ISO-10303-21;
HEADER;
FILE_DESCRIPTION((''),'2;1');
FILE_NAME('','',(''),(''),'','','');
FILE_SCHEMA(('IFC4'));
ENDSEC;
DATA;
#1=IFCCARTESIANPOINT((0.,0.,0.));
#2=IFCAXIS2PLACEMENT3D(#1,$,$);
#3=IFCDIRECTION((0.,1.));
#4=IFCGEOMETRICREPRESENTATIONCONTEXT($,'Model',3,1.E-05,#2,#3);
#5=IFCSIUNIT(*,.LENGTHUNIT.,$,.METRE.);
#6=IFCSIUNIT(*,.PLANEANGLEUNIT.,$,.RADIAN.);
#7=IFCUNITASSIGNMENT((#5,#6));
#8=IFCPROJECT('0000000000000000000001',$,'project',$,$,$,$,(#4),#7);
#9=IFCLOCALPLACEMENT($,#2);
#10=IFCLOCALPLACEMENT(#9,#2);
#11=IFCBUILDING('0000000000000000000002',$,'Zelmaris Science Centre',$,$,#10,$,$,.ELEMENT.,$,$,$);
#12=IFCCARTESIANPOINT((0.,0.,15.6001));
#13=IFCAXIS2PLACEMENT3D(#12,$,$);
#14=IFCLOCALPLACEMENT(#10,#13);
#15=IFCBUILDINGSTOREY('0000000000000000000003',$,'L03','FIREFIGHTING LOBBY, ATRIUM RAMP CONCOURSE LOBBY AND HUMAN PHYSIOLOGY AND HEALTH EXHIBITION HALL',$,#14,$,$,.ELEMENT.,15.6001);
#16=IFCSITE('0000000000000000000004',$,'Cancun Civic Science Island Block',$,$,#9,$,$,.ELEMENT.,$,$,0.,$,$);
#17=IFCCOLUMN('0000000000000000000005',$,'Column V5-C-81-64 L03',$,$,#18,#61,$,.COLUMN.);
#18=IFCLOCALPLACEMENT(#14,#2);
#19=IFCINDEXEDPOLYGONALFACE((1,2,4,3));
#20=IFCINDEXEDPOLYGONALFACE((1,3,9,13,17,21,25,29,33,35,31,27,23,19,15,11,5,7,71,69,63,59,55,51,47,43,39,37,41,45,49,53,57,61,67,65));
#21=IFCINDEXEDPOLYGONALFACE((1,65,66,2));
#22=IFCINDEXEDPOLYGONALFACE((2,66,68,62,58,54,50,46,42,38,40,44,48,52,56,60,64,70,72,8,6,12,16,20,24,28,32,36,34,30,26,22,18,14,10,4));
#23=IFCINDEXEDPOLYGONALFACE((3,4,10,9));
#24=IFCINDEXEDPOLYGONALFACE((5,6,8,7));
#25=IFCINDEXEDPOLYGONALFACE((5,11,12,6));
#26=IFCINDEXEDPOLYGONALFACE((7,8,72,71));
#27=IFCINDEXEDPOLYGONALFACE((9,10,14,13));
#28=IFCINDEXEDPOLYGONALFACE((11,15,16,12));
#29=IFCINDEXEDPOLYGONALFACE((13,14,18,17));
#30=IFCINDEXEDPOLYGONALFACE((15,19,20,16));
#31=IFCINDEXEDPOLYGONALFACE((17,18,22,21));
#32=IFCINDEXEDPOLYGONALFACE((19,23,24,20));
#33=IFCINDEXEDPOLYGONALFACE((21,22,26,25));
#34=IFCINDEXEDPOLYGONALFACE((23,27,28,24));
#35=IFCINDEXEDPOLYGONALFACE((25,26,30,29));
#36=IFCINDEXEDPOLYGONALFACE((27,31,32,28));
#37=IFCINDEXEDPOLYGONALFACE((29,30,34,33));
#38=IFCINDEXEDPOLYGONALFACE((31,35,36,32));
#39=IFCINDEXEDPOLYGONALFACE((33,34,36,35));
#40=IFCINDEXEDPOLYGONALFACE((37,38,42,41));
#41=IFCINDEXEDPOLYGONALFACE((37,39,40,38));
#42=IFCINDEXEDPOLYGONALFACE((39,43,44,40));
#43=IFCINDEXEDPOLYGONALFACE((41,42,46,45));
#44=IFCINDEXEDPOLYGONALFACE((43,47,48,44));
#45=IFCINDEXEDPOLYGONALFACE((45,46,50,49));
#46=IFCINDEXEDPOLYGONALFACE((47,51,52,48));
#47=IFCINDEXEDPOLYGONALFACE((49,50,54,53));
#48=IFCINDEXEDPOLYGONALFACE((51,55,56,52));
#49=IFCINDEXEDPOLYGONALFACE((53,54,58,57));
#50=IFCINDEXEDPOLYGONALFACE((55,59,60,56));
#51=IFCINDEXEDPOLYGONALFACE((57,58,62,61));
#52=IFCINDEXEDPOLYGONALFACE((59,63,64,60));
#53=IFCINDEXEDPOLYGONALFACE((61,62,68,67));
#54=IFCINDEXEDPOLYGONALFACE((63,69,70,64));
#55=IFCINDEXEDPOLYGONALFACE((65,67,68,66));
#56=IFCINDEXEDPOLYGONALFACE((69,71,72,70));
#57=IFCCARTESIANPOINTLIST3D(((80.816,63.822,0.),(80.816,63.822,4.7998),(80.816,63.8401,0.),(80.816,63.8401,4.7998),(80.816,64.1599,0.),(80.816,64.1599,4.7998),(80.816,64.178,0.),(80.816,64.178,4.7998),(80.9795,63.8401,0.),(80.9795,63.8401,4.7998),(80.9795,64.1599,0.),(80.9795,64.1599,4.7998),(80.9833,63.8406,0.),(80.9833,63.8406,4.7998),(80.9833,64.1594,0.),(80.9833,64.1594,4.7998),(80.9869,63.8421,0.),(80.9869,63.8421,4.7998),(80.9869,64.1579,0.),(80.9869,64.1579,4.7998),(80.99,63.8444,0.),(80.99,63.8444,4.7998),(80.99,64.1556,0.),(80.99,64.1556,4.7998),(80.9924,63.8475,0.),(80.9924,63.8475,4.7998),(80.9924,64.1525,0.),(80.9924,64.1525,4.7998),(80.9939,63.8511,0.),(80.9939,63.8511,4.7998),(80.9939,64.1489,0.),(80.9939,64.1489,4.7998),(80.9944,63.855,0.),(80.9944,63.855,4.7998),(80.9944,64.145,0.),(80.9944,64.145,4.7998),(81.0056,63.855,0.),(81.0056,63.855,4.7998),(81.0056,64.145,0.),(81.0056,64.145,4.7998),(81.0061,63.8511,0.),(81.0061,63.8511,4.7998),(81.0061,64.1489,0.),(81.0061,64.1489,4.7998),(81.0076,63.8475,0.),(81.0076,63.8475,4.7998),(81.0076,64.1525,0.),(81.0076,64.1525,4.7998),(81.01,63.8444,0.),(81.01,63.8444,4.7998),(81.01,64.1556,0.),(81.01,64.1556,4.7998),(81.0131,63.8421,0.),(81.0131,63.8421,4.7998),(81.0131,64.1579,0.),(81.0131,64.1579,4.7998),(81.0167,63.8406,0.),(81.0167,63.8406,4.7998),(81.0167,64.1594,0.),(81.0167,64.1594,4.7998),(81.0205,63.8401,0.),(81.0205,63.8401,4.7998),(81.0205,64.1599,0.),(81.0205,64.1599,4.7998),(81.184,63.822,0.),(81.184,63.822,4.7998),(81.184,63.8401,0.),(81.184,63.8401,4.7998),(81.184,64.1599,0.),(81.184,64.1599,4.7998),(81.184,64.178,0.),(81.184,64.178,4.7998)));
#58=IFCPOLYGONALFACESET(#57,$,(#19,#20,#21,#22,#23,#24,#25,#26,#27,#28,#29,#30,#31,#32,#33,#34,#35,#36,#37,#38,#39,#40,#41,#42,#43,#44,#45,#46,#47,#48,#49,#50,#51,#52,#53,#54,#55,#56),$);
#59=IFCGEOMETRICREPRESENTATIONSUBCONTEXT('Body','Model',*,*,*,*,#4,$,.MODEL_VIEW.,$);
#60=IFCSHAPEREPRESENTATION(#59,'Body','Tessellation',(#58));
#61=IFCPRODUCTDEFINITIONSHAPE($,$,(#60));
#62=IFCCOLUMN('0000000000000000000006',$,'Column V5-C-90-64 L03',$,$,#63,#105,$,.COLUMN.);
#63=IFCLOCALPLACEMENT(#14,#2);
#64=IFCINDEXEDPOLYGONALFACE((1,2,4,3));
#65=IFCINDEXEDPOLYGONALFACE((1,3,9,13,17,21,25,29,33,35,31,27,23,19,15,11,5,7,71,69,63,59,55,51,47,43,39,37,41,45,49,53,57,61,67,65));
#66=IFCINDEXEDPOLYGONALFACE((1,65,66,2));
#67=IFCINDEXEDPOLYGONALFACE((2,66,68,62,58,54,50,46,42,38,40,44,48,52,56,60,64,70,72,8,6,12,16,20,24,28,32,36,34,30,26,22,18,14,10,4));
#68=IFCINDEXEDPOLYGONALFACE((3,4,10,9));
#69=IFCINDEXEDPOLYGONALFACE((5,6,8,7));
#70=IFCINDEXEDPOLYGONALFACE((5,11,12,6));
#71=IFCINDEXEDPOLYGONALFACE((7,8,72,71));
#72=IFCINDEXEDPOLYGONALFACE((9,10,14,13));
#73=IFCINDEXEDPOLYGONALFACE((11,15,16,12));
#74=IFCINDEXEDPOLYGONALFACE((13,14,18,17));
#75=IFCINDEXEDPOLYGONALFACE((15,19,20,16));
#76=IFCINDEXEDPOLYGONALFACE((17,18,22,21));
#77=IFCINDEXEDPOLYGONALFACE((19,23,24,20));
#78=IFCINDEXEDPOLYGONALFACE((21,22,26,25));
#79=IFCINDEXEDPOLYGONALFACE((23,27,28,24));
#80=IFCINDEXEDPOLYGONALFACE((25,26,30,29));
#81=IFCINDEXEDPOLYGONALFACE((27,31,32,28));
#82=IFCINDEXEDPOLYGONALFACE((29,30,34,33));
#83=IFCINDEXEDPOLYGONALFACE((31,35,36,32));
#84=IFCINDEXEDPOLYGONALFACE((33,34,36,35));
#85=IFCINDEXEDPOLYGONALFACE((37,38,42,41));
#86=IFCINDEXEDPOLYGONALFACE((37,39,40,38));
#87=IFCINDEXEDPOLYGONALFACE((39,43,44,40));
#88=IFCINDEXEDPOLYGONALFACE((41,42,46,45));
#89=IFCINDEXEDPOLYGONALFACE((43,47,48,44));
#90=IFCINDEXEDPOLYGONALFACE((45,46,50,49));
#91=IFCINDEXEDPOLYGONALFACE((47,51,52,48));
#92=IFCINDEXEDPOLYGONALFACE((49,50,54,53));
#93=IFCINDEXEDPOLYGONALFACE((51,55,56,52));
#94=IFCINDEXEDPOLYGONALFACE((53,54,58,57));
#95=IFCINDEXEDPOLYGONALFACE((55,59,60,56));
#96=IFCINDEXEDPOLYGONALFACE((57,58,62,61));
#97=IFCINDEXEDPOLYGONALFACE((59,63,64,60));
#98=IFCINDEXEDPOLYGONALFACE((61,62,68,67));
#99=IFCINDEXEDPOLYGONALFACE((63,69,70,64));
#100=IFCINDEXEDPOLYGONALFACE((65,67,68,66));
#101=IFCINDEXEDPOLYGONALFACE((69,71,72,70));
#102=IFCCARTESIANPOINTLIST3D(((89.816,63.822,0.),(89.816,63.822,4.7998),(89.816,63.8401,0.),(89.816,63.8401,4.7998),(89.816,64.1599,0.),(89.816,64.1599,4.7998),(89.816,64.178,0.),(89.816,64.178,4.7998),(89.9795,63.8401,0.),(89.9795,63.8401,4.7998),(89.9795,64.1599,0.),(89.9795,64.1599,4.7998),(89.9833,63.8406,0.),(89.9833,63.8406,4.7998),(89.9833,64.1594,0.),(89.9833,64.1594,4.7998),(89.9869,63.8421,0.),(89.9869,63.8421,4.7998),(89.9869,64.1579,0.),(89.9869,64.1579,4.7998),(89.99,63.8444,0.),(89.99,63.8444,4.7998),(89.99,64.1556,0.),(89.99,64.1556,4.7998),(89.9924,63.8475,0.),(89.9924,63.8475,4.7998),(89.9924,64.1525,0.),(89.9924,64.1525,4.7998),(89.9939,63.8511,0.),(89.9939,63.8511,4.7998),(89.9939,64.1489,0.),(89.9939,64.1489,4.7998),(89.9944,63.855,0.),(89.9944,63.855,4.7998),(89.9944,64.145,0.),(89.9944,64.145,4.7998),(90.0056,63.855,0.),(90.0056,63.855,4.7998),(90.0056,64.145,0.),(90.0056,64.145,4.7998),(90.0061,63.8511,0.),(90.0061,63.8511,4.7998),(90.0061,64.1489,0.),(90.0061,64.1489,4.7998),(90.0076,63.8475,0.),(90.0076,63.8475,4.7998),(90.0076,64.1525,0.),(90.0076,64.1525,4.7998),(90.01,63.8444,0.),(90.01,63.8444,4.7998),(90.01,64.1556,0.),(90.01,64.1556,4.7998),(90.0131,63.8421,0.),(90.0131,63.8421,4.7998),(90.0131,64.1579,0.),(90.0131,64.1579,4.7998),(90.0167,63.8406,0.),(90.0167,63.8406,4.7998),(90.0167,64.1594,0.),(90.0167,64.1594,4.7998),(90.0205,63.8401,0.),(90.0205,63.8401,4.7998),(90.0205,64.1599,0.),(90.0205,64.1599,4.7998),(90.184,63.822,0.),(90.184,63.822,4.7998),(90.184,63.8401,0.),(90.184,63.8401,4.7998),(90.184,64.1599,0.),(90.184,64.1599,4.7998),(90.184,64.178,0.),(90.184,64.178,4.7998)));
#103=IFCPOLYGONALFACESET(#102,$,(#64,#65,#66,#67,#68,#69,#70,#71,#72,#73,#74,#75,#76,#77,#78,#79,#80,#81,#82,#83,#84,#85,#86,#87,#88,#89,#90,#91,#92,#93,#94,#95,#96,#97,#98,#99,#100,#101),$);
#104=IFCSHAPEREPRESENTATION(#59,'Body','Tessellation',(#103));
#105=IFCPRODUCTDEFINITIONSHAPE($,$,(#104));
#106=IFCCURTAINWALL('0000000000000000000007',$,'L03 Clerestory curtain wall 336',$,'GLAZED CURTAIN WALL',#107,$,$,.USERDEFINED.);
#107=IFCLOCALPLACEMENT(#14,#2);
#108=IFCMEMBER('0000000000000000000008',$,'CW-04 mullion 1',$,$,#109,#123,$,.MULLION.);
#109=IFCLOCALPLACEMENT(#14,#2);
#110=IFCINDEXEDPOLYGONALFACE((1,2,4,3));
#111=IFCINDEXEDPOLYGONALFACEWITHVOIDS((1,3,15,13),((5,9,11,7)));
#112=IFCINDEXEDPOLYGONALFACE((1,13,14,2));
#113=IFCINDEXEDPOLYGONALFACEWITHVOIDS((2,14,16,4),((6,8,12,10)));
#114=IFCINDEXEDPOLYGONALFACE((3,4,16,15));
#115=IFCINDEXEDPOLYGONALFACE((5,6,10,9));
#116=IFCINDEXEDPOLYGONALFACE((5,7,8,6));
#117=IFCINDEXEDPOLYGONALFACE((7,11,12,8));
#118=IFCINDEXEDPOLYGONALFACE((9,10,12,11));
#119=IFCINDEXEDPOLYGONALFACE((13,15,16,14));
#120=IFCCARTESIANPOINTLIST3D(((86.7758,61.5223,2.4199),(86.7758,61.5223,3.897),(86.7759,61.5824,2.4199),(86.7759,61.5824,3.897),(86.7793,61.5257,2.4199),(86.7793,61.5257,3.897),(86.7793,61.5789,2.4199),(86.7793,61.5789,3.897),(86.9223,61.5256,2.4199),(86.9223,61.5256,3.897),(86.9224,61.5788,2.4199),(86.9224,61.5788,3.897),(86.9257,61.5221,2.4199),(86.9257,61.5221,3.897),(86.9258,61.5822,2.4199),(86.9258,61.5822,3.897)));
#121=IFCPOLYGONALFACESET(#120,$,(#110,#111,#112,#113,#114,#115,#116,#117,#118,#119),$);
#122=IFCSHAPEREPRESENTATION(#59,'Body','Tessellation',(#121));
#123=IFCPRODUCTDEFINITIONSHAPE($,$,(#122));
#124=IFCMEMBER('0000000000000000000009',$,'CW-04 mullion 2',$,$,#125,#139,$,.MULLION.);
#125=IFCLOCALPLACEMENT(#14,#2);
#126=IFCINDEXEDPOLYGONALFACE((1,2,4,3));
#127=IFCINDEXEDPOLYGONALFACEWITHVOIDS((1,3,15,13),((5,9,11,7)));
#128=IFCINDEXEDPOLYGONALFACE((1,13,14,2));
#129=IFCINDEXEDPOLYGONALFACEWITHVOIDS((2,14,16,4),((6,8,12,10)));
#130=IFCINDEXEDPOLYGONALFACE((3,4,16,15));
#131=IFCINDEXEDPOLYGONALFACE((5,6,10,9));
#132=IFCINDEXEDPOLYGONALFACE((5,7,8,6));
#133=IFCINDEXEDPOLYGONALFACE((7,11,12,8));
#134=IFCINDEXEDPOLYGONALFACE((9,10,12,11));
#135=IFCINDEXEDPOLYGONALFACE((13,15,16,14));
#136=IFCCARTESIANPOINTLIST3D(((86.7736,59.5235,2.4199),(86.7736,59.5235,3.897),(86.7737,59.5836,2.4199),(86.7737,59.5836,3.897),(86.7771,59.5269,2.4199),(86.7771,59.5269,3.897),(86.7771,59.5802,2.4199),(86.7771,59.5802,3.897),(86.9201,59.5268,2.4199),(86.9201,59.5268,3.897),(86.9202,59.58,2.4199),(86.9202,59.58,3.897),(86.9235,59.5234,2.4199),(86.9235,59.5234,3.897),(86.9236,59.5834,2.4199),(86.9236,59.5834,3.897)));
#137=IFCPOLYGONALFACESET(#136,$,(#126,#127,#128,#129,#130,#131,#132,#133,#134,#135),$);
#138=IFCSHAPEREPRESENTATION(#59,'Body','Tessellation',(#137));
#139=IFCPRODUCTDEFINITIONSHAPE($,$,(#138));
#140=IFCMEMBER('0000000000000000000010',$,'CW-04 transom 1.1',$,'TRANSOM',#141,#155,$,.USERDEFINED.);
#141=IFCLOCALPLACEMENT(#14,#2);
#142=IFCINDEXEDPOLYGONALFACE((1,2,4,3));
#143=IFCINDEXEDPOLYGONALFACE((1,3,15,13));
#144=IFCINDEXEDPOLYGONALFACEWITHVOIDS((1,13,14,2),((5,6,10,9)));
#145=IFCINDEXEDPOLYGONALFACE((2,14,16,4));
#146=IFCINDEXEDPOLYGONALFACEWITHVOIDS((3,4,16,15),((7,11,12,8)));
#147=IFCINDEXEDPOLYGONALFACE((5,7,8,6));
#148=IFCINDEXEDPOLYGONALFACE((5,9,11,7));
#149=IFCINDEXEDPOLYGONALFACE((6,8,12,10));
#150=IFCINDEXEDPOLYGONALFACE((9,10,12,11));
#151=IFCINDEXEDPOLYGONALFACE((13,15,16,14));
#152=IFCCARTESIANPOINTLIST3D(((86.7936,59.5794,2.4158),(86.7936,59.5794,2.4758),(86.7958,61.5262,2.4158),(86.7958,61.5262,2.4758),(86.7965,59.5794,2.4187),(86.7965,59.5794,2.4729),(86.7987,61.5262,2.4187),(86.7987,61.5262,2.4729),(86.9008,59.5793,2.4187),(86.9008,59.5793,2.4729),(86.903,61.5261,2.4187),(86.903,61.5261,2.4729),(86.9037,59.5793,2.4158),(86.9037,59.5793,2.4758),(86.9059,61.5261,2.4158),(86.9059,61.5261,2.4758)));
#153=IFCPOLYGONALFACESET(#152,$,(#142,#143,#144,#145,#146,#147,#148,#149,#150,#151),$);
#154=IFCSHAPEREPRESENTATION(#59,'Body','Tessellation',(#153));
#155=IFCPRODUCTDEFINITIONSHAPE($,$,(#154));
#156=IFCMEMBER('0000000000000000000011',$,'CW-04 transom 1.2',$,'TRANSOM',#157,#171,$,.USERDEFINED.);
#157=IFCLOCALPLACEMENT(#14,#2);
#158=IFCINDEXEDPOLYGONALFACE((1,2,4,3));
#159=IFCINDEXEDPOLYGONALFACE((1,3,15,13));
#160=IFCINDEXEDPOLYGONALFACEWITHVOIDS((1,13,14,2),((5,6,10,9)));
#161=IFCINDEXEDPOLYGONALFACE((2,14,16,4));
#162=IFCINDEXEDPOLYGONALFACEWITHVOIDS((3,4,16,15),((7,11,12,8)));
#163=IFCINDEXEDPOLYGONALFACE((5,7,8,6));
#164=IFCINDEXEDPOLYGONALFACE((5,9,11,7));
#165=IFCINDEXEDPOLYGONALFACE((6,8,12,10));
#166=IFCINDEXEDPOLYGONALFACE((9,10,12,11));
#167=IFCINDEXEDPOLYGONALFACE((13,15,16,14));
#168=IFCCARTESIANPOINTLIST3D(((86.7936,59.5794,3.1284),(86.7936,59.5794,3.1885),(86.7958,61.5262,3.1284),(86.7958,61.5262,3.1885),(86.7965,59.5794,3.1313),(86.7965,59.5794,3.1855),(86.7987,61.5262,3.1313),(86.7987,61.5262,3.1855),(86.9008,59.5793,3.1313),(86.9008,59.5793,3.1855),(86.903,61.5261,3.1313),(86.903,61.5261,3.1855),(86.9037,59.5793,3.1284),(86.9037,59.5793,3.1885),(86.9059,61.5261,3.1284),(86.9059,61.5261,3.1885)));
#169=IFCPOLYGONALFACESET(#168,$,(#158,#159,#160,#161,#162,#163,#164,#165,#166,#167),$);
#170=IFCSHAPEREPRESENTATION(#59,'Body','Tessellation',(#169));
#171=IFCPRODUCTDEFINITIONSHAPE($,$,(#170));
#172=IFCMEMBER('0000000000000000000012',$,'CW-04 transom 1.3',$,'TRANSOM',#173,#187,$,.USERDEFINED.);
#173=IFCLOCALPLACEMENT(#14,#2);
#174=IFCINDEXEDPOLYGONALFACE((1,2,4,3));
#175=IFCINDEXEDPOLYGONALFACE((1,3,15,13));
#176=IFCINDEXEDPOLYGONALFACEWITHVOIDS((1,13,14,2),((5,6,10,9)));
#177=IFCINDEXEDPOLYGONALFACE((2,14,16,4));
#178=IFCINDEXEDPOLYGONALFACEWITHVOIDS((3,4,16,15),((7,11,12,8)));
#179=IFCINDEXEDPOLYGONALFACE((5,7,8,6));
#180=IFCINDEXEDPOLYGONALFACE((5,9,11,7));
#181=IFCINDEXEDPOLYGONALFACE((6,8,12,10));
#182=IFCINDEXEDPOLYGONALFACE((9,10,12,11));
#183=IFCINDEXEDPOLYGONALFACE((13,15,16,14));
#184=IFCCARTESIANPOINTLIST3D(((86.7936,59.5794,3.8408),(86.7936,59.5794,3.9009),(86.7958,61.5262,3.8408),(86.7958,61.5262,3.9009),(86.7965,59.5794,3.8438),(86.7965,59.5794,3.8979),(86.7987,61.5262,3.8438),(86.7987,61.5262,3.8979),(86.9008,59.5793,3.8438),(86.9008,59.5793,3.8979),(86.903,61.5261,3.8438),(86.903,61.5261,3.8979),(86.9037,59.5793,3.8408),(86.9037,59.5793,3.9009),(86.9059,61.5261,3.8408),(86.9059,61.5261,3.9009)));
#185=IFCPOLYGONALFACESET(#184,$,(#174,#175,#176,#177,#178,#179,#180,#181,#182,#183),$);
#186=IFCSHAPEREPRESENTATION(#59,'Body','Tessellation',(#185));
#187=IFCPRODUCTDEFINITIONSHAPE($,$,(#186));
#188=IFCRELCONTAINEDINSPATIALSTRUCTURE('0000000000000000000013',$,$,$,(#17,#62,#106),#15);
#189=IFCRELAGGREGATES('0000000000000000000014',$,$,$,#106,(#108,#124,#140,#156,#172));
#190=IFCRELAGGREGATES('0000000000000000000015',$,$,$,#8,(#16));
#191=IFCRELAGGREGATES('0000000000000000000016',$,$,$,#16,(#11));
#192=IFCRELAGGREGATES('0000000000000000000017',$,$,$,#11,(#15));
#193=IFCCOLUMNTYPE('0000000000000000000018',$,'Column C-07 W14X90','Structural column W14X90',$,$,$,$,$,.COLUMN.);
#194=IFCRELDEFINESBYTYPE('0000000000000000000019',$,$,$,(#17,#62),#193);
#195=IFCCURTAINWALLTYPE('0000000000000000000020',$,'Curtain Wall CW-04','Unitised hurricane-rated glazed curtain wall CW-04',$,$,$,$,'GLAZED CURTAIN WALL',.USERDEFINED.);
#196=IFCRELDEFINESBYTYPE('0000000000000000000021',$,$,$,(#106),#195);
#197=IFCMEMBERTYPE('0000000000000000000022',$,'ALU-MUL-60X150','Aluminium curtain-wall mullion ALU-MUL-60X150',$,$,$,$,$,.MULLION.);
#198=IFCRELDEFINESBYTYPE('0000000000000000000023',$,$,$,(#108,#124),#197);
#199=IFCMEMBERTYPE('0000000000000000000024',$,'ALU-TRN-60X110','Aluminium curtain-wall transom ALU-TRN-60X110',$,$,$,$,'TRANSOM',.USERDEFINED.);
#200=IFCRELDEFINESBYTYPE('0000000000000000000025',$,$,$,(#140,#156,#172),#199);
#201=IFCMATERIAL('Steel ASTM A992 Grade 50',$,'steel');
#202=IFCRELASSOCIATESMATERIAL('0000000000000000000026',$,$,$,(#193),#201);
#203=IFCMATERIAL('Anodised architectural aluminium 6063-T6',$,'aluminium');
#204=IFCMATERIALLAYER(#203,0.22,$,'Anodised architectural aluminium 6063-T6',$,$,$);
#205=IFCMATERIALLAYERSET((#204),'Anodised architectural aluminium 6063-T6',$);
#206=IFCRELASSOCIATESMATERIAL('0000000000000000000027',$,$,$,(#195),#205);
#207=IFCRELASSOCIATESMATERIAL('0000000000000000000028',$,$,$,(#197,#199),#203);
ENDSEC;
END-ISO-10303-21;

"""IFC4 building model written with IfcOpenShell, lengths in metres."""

from ifc_helpers import new_model, si_unit, direction, frame, origin, origin_2d, place, context, subcontext, project, spatial, hollow_rectangle, i_section, extrude, material, layer, layer_set, material_profile, profile_set, type_object, element, aggregate, save


model = new_model("IFC4")

# Units and contexts
model_context = context("Model", 3, precision=1e-05, world=origin(), true_north=direction((0.0, 1.0)))
body_context = subcontext(model_context, "Body", "Model", "MODEL_VIEW")
ifc_project = project(units=[si_unit("LENGTHUNIT", "METRE"), si_unit("PLANEANGLEUNIT", "RADIAN")], contexts=[model_context])

# Site, building, storey
site_placement = place(None, origin())
site = spatial("IfcSite", under=ifc_project, at=site_placement, Name="Cancun Civic Science Island Block", CompositionType="ELEMENT", RefElevation=0.0)
building_placement = place(site_placement, origin())
building = spatial("IfcBuilding", under=site, at=building_placement, Name="Zelmaris Science Centre", CompositionType="ELEMENT")
storey_placement = place(building_placement, frame((0.0, 0.0, 15.6001)))
storey = spatial("IfcBuildingStorey", under=building, at=storey_placement, Name="L03", Description="FIREFIGHTING LOBBY, ATRIUM RAMP CONCOURSE LOBBY AND HUMAN PHYSIOLOGY AND HEALTH EXHIBITION HALL", CompositionType="ELEMENT", Elevation=15.6001)

# Columns
ifc_material_1 = material(Name="Steel ASTM A992 Grade 50", Category="steel")
ifc_material_profile_1 = material_profile(ifc_material_1, i_section(OverallWidth=0.3679, OverallDepth=0.356, WebThickness=0.0112, FlangeThickness=0.0181, FilletRadius=0.0149, at=origin_2d()), Name="W14X90")
ifc_profile_set_1 = profile_set([ifc_material_profile_1], Name="Steel ASTM A992 Grade 50")
column_type = type_object("IfcColumnType", Name="Column C-07 W14X90", Description="Structural column W14X90", PredefinedType="COLUMN", material=ifc_profile_set_1)
for number, where, z_axis, x_axis, name in (
    (1, (81.0, 64.0, 0.0), (0.0, 0.0, 1.0), (1.0, 0.0, 0.0), "Column V5-C-81-64 L03"),
    (2, (90.0, 64.0, 0.0), (0.0, 0.0, 1.0), (1.0, 0.0, 0.0), "Column V5-C-90-64 L03"),
):
    element("IfcColumn", number, at=place(storey_placement, frame(where, z_axis=z_axis, x_axis=x_axis)), inside=storey, type_object=column_type, Name=name, PredefinedType="COLUMN", context=body_context, shape_type="SweptSolid", body=[
        extrude(i_section(OverallWidth=0.3679, OverallDepth=0.356, WebThickness=0.0112, FlangeThickness=0.0181, FilletRadius=0.0149, at=origin_2d()), origin(), (0.0, 0.0, 1.0), 4.7998),
    ])

# Curtain wall, members
ifc_material_2 = material(Name="Anodised architectural aluminium 6063-T6", Category="aluminium")
ifc_layer_1 = layer(ifc_material_2, 0.22, Name="Anodised architectural aluminium 6063-T6")
ifc_layer_set_1 = layer_set([ifc_layer_1], Name="Anodised architectural aluminium 6063-T6")
curtain_wall_type = type_object("IfcCurtainWallType", Name="Curtain Wall CW-04", Description="Unitised hurricane-rated glazed curtain wall CW-04", ElementType="GLAZED CURTAIN WALL", PredefinedType="USERDEFINED", material=ifc_layer_set_1)
curtain_wall_placement = place(storey_placement, origin())
curtain_wall = element("IfcCurtainWall", 3, at=curtain_wall_placement, inside=storey, type_object=curtain_wall_type, Name="L03 Clerestory curtain wall 336", ObjectType="GLAZED CURTAIN WALL", PredefinedType="USERDEFINED")
ifc_material_profile_2 = material_profile(ifc_material_2, hollow_rectangle(XDim=0.0601, YDim=0.1499, WallThickness=0.0034, at=origin_2d()), Name="ALU-MUL-60X150")
ifc_profile_set_2 = profile_set([ifc_material_profile_2], Name="Anodised architectural aluminium 6063-T6")
member_type_1 = type_object("IfcMemberType", Name="ALU-MUL-60X150", Description="Aluminium curtain-wall mullion ALU-MUL-60X150", PredefinedType="MULLION", material=ifc_profile_set_2)
member_1_placement = place(storey_placement, frame((86.8508, 61.5522, 2.4199), z_axis=(0.0, 0.0, 1.0), x_axis=(-0.001148, -0.999999, 0.0)))
member_1 = element("IfcMember", 4, at=member_1_placement, type_object=member_type_1, Name="CW-04 mullion 1", PredefinedType="MULLION", context=body_context, shape_type="SweptSolid", body=[
    extrude(hollow_rectangle(XDim=0.0601, YDim=0.1499, WallThickness=0.0034, at=origin_2d()), origin(), (0.0, 0.0, 1.0), 1.4771),
])
member_2_placement = place(storey_placement, frame((86.8486, 59.5535, 2.4199), z_axis=(0.0, 0.0, 1.0), x_axis=(-0.001148, -0.999999, 0.0)))
member_2 = element("IfcMember", 5, at=member_2_placement, type_object=member_type_1, Name="CW-04 mullion 2", PredefinedType="MULLION", context=body_context, shape_type="SweptSolid", body=[
    extrude(hollow_rectangle(XDim=0.0601, YDim=0.1499, WallThickness=0.0034, at=origin_2d()), origin(), (0.0, 0.0, 1.0), 1.4771),
])
ifc_material_profile_3 = material_profile(ifc_material_2, hollow_rectangle(XDim=0.0601, YDim=0.1101, WallThickness=0.0029, at=origin_2d()), Name="ALU-TRN-60X110")
ifc_profile_set_3 = profile_set([ifc_material_profile_3], Name="Anodised architectural aluminium 6063-T6")
member_type_2 = type_object("IfcMemberType", Name="ALU-TRN-60X110", Description="Aluminium curtain-wall transom ALU-TRN-60X110", ElementType="TRANSOM", PredefinedType="USERDEFINED", material=ifc_profile_set_3)
member_3_placement = place(storey_placement, frame((86.8508, 61.5261, 2.4458), z_axis=(-0.001129, -0.999999, 0.0), x_axis=(0.0, 0.0, 1.0)))
member_3 = element("IfcMember", 6, at=member_3_placement, type_object=member_type_2, Name="CW-04 transom 1.1", ObjectType="TRANSOM", PredefinedType="USERDEFINED", context=body_context, shape_type="SweptSolid", body=[
    extrude(hollow_rectangle(XDim=0.0601, YDim=0.1101, WallThickness=0.0029, at=origin_2d()), origin(), (0.0, 0.0, 1.0), 1.9468),
])
member_4_placement = place(storey_placement, frame((86.8508, 61.5261, 3.1584), z_axis=(-0.001129, -0.999999, 0.0), x_axis=(0.0, 0.0, 1.0)))
member_4 = element("IfcMember", 7, at=member_4_placement, type_object=member_type_2, Name="CW-04 transom 1.2", ObjectType="TRANSOM", PredefinedType="USERDEFINED", context=body_context, shape_type="SweptSolid", body=[
    extrude(hollow_rectangle(XDim=0.0601, YDim=0.1101, WallThickness=0.0029, at=origin_2d()), origin(), (0.0, 0.0, 1.0), 1.9468),
])
member_5_placement = place(storey_placement, frame((86.8508, 61.5261, 3.8708), z_axis=(-0.001129, -0.999999, 0.0), x_axis=(0.0, 0.0, 1.0)))
member_5 = element("IfcMember", 8, at=member_5_placement, type_object=member_type_2, Name="CW-04 transom 1.3", ObjectType="TRANSOM", PredefinedType="USERDEFINED", context=body_context, shape_type="SweptSolid", body=[
    extrude(hollow_rectangle(XDim=0.0601, YDim=0.1101, WallThickness=0.0029, at=origin_2d()), origin(), (0.0, 0.0, 1.0), 1.9468),
])

aggregate(curtain_wall, [member_1, member_2, member_3, member_4, member_5])

save(model, "model.ifc")
